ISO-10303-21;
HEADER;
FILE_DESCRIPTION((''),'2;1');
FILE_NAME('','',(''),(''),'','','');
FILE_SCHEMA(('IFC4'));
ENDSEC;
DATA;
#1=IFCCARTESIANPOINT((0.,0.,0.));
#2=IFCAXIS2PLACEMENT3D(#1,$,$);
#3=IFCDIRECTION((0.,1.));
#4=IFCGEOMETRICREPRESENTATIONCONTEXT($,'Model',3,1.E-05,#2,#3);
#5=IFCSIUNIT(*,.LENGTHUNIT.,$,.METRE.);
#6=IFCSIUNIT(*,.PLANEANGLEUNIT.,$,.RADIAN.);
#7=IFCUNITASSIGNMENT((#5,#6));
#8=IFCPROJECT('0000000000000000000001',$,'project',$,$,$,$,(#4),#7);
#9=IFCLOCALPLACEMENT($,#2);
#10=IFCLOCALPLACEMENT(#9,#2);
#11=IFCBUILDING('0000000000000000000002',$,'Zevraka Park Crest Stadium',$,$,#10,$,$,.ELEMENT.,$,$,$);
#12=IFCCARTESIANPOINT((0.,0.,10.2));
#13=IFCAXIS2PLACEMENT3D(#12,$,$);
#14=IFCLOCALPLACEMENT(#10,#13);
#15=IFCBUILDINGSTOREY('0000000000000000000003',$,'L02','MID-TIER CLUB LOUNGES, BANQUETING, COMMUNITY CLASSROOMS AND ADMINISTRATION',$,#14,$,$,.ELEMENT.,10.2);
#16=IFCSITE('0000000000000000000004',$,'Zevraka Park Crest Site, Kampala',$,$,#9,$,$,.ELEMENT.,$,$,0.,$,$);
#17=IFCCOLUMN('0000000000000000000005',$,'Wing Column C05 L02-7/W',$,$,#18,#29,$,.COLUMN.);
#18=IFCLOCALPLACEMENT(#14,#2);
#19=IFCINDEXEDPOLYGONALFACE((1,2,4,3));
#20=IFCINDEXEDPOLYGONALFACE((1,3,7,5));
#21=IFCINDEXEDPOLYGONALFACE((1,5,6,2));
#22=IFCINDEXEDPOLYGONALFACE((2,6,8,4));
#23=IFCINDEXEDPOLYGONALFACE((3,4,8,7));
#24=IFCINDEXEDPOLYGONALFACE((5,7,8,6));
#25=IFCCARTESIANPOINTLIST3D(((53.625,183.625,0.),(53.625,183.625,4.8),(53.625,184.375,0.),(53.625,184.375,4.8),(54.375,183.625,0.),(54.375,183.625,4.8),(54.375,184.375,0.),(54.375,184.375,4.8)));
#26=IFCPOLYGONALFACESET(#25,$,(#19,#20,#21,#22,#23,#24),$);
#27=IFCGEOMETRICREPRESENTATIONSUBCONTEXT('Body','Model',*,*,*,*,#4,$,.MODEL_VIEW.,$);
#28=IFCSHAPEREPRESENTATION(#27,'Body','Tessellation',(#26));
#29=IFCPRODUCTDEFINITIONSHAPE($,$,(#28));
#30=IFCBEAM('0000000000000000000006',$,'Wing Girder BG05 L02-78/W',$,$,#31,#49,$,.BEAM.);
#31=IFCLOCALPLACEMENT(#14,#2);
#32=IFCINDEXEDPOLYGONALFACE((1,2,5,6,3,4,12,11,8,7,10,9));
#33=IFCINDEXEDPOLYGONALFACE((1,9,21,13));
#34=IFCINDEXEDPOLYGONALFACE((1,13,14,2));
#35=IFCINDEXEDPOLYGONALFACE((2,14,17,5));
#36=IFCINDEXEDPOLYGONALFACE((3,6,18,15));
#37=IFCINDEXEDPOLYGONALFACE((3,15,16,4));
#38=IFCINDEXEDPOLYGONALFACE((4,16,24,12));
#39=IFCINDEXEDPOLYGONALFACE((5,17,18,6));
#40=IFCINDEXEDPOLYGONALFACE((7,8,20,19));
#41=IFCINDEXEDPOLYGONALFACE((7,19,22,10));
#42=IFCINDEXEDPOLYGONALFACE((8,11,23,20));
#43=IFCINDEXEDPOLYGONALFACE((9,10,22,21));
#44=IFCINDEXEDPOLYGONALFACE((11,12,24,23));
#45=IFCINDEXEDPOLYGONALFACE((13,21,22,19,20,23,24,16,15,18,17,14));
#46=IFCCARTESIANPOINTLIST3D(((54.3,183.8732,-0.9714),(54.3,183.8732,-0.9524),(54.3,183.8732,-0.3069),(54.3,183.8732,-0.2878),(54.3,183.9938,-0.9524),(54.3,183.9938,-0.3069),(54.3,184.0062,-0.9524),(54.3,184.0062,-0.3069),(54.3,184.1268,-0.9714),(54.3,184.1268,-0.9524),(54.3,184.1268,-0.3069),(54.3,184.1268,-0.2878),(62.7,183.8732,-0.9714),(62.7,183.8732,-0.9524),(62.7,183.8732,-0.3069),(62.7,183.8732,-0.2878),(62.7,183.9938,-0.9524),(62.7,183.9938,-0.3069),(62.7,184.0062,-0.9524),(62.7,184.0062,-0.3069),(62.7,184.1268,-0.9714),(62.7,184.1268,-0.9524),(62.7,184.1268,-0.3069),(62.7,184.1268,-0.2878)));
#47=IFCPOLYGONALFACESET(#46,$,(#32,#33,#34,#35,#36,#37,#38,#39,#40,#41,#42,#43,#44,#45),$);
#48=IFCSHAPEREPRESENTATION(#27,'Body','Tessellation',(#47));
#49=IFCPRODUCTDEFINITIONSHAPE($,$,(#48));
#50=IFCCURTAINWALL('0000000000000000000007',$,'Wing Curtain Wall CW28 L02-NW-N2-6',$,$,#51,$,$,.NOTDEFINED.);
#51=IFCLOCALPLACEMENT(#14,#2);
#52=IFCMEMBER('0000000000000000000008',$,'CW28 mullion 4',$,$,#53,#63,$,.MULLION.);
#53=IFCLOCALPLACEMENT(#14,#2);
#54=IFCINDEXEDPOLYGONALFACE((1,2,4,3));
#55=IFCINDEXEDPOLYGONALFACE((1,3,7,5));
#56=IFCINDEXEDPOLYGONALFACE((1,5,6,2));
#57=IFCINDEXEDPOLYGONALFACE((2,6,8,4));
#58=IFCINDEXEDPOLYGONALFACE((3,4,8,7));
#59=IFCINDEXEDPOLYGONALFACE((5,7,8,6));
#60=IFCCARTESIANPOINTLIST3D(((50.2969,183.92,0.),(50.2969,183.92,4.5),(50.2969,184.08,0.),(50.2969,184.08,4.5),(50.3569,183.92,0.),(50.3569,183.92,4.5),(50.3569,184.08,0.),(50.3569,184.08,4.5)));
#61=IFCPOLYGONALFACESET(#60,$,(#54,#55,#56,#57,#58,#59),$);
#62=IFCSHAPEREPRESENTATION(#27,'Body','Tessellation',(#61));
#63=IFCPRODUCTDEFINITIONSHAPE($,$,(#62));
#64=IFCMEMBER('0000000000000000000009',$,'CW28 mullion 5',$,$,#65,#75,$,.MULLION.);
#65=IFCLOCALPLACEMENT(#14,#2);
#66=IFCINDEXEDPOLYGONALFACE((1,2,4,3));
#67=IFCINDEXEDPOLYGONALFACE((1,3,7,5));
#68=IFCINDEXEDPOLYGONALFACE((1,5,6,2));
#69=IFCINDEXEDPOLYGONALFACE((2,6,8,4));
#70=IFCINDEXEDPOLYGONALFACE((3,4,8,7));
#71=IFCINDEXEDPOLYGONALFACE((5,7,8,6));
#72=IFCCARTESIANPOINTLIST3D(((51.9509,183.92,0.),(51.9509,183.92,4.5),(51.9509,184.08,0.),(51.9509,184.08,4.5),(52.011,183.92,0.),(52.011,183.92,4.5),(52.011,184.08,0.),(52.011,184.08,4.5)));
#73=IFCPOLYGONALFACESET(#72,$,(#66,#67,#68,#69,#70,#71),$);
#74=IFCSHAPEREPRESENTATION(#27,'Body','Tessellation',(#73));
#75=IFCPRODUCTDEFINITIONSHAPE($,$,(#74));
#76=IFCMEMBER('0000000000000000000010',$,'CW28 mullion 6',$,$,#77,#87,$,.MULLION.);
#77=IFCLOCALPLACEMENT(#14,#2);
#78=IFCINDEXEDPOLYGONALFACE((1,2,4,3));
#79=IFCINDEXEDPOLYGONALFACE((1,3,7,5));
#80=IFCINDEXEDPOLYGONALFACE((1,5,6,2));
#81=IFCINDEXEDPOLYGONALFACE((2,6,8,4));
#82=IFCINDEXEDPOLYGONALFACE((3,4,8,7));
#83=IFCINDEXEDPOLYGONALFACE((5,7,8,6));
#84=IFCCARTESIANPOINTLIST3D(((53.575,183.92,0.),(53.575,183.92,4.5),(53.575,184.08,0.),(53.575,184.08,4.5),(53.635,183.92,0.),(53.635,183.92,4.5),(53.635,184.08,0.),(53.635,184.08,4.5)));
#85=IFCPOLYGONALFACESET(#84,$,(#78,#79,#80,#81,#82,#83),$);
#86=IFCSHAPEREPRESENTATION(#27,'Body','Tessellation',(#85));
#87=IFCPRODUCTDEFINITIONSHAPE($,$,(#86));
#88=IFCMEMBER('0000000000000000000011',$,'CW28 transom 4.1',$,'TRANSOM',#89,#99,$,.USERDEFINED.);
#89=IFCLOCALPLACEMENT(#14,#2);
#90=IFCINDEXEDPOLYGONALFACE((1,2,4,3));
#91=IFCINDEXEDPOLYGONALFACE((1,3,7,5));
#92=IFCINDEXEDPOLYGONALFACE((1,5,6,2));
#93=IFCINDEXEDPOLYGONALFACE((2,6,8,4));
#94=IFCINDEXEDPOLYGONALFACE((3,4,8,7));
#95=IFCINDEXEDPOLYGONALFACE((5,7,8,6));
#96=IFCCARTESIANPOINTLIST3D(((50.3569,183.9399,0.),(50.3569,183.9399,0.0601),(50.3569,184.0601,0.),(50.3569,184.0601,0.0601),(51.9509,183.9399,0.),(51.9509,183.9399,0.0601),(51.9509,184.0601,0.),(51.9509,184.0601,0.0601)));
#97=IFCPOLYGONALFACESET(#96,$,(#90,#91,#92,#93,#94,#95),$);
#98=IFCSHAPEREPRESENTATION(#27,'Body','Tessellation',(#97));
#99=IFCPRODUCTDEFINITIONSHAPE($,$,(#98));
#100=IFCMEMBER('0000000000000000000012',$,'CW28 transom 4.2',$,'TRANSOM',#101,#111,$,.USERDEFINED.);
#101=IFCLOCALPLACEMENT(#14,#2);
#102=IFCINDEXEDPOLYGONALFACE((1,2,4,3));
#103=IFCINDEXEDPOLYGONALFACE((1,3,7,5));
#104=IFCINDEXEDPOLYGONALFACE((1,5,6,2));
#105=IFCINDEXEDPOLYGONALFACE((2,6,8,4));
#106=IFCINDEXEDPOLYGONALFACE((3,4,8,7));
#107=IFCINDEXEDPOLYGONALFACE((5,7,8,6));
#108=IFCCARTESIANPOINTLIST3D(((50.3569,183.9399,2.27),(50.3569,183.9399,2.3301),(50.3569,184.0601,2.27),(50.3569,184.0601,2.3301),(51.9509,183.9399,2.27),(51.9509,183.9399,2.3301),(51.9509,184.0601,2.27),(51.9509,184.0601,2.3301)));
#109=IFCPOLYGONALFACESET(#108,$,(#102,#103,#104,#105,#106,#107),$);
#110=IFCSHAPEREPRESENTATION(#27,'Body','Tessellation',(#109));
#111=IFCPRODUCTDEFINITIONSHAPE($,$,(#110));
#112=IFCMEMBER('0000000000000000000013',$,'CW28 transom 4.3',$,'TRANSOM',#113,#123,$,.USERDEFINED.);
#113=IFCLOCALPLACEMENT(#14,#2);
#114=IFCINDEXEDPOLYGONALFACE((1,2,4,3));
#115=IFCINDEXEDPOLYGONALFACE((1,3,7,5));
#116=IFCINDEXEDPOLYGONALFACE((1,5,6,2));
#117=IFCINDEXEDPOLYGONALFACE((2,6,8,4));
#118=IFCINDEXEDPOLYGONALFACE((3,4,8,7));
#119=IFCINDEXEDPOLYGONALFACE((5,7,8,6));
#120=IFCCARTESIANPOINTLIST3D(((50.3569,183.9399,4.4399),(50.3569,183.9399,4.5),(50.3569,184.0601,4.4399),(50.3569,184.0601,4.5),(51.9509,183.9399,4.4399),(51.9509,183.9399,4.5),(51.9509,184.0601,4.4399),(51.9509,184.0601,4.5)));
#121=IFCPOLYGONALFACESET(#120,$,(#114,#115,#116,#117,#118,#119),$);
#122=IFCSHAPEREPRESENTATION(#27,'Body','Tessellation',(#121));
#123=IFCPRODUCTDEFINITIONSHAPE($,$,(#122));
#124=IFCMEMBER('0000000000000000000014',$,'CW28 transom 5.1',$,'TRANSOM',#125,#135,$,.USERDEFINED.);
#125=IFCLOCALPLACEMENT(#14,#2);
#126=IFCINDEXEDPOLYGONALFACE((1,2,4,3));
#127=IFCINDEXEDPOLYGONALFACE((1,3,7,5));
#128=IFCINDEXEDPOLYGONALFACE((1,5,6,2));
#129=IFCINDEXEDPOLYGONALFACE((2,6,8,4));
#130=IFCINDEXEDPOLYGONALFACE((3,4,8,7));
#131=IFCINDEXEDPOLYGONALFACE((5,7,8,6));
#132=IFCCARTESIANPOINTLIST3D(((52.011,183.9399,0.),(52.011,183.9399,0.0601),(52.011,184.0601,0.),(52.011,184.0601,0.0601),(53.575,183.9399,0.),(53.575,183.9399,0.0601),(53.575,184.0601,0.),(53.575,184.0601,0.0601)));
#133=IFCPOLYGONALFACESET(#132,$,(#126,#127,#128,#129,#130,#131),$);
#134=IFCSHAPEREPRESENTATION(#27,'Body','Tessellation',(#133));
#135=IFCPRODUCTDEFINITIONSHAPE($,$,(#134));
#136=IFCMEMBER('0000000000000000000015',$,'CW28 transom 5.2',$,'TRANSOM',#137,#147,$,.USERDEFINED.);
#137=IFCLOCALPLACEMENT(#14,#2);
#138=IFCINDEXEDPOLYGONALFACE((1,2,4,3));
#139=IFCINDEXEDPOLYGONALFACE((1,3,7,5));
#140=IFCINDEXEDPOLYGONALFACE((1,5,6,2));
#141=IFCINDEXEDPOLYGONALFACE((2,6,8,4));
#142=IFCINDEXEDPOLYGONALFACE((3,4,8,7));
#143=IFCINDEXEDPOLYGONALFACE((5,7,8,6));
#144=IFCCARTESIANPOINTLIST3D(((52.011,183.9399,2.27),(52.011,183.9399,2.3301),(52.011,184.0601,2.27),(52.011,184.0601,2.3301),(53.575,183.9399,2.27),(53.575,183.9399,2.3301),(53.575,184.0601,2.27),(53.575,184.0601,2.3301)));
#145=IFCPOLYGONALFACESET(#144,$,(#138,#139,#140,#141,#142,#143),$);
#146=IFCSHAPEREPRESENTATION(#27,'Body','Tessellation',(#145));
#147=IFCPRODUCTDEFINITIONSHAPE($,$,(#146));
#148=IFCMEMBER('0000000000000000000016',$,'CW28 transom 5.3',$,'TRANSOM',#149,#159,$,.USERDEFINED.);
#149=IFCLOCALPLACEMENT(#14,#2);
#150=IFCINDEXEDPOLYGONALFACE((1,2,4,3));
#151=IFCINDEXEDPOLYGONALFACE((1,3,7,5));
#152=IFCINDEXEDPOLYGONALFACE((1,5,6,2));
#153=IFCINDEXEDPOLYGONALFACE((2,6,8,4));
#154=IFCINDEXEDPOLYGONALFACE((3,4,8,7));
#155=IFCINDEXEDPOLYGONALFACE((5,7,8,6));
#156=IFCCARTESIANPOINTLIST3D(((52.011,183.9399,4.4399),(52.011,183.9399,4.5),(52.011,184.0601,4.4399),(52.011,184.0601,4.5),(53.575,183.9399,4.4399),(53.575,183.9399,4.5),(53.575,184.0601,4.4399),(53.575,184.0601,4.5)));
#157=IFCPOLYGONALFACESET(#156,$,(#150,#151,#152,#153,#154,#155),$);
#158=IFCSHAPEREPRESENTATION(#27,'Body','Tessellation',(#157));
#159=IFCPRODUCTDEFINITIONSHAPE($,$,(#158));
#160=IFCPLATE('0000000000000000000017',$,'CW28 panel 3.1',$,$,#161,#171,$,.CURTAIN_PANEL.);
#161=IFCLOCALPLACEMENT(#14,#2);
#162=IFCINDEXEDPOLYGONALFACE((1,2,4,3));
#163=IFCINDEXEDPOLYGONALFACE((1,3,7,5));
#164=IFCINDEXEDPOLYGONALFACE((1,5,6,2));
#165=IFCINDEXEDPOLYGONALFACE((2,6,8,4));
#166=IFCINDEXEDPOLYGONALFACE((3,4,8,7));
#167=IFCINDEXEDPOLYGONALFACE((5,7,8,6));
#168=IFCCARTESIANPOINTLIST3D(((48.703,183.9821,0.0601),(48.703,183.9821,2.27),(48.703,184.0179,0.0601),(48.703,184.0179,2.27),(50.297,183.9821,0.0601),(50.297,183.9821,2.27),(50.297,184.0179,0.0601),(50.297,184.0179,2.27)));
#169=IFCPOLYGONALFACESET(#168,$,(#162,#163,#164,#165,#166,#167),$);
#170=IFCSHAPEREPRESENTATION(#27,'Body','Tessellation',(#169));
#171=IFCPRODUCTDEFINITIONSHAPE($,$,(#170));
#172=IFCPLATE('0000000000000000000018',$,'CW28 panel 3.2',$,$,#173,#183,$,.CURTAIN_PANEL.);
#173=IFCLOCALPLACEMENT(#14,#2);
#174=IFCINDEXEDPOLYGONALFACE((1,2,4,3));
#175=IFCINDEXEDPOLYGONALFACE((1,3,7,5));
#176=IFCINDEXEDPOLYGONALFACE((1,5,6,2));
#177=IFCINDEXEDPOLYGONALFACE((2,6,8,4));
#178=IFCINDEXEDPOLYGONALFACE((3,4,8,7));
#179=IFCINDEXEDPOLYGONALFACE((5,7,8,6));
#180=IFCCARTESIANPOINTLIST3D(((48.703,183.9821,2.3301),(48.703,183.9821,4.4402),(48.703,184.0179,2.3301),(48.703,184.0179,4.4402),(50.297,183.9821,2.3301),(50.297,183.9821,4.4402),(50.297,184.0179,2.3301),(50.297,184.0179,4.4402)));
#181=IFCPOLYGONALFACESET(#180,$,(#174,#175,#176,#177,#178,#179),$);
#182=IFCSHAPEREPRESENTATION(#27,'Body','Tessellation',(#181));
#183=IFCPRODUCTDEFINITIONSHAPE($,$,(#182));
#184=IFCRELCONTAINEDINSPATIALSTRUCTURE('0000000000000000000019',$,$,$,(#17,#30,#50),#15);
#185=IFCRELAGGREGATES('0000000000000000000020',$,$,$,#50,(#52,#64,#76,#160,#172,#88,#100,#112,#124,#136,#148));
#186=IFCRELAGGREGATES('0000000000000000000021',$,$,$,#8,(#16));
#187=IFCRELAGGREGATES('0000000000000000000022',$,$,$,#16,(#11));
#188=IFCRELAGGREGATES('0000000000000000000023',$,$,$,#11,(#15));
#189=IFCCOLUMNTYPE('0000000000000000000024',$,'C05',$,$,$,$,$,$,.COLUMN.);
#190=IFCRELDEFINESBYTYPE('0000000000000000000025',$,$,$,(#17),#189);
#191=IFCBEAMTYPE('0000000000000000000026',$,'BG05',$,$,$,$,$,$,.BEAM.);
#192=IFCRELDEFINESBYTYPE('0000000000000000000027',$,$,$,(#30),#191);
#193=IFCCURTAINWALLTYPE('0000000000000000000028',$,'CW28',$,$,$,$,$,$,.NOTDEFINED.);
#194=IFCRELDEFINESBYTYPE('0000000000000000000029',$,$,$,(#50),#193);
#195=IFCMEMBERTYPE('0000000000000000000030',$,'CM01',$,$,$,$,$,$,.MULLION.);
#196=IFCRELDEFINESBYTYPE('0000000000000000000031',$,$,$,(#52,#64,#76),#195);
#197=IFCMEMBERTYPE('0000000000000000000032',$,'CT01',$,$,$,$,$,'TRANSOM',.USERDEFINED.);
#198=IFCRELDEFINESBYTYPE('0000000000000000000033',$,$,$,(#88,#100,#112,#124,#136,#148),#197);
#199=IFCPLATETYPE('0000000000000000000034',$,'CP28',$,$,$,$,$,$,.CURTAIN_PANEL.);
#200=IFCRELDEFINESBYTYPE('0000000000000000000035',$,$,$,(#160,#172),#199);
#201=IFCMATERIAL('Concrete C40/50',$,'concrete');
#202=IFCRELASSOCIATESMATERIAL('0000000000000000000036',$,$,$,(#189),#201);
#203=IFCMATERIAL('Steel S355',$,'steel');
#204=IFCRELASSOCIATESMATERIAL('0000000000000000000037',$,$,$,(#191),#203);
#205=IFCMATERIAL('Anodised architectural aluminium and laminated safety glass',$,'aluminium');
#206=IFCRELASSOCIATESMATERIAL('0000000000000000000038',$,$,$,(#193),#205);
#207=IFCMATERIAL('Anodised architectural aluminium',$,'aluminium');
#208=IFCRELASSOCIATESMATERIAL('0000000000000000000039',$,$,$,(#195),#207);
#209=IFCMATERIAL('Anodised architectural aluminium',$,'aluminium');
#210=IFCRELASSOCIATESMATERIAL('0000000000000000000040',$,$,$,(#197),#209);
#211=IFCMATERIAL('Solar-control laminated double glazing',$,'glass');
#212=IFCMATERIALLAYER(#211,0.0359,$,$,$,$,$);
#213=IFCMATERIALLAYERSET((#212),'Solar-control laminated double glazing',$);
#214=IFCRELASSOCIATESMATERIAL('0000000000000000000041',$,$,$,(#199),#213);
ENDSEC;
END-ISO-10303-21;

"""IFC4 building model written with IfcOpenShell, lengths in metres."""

from ifc_helpers import new_model, si_unit, direction, frame, origin, origin_2d, place, context, subcontext, project, spatial, rectangle, i_section, extrude, material, layer, layer_set, material_profile, profile_set, type_object, element, aggregate, save


model = new_model("IFC4")

# Units and contexts
model_context = context("Model", 3, precision=1e-05, world=origin(), true_north=direction((0.0, 1.0)))
body_context = subcontext(model_context, "Body", "Model", "MODEL_VIEW")
ifc_project = project(units=[si_unit("LENGTHUNIT", "METRE"), si_unit("PLANEANGLEUNIT", "RADIAN")], contexts=[model_context])

# Site, building, storey
site_placement = place(None, origin())
site = spatial("IfcSite", under=ifc_project, at=site_placement, Name="Zevraka Park Crest Site, Kampala", CompositionType="ELEMENT", RefElevation=0.0)
building_placement = place(site_placement, origin())
building = spatial("IfcBuilding", under=site, at=building_placement, Name="Zevraka Park Crest Stadium", CompositionType="ELEMENT")
storey_placement = place(building_placement, frame((0.0, 0.0, 10.2)))
storey = spatial("IfcBuildingStorey", under=building, at=storey_placement, Name="L02", Description="MID-TIER CLUB LOUNGES, BANQUETING, COMMUNITY CLASSROOMS AND ADMINISTRATION", CompositionType="ELEMENT", Elevation=10.2)

# Column
ifc_material_1 = material(Name="Concrete C40/50", Category="concrete")
ifc_material_profile_1 = material_profile(ifc_material_1, rectangle(XDim=0.75, YDim=0.75, at=origin_2d()), Name="RC 750x750")
ifc_profile_set_1 = profile_set([ifc_material_profile_1], Name="Concrete C40/50")
column_type = type_object("IfcColumnType", Name="C05", PredefinedType="COLUMN", material=ifc_profile_set_1)
column_placement = place(storey_placement, frame((54.0, 184.0, 0.0), z_axis=(0.0, 0.0, 1.0), x_axis=(1.0, 0.0, 0.0)))
element("IfcColumn", 1, at=column_placement, inside=storey, type_object=column_type, Name="Wing Column C05 L02-7/W", PredefinedType="COLUMN", context=body_context, shape_type="SweptSolid", body=[
    extrude(rectangle(XDim=0.75, YDim=0.75, at=origin_2d()), origin(), (0.0, 0.0, 1.0), 4.8),
])

# Beam
ifc_material_2 = material(Name="Steel S355", Category="steel")
ifc_material_profile_2 = material_profile(ifc_material_2, i_section(OverallWidth=0.2537, OverallDepth=0.6836, WebThickness=0.0125, FlangeThickness=0.019, at=origin_2d()), Name="UKB 686x254x140")
ifc_profile_set_2 = profile_set([ifc_material_profile_2], Name="Steel S355")
beam_type = type_object("IfcBeamType", Name="BG05", PredefinedType="BEAM", material=ifc_profile_set_2)
beam_placement = place(storey_placement, frame((54.3, 184.0, -0.6296), z_axis=(1.0, 0.0, 0.0), x_axis=(0.0, 1.0, 0.0)))
element("IfcBeam", 2, at=beam_placement, inside=storey, type_object=beam_type, Name="Wing Girder BG05 L02-78/W", PredefinedType="BEAM", context=body_context, shape_type="SweptSolid", body=[
    extrude(i_section(OverallWidth=0.2537, OverallDepth=0.6836, WebThickness=0.0125, FlangeThickness=0.019, at=origin_2d()), origin(), (0.0, 0.0, 1.0), 8.3999),
])

# Curtain wall, members, plates
ifc_material_3 = material(Name="Anodised architectural aluminium and laminated safety glass", Category="aluminium")
curtain_wall_type = type_object("IfcCurtainWallType", Name="CW28", PredefinedType="NOTDEFINED", material=ifc_material_3)
curtain_wall_placement = place(storey_placement, origin())
curtain_wall = element("IfcCurtainWall", 3, at=curtain_wall_placement, inside=storey, type_object=curtain_wall_type, Name="Wing Curtain Wall CW28 L02-NW-N2-6", PredefinedType="NOTDEFINED")
ifc_material_4 = material(Name="Anodised architectural aluminium", Category="aluminium")
ifc_material_profile_3 = material_profile(ifc_material_4, rectangle(XDim=0.1599, YDim=0.0601, at=origin_2d()), Name="ALU MULLION 160x60")
ifc_profile_set_3 = profile_set([ifc_material_profile_3], Name="Anodised architectural aluminium")
member_type_1 = type_object("IfcMemberType", Name="CM01", PredefinedType="MULLION", material=ifc_profile_set_3)
member_1_placement = place(storey_placement, frame((50.3269, 184.0, 0.0), z_axis=(0.0, 0.0, 1.0), x_axis=(0.0, 1.0, 0.0)))
member_1 = element("IfcMember", 4, at=member_1_placement, type_object=member_type_1, Name="CW28 mullion 4", PredefinedType="MULLION", context=body_context, shape_type="SweptSolid", body=[
    extrude(rectangle(XDim=0.1599, YDim=0.0601, at=origin_2d()), origin(), (0.0, 0.0, 1.0), 4.5),
])
member_2_placement = place(storey_placement, frame((51.981, 184.0, 0.0), z_axis=(0.0, 0.0, 1.0), x_axis=(0.0, 1.0, 0.0)))
member_2 = element("IfcMember", 5, at=member_2_placement, type_object=member_type_1, Name="CW28 mullion 5", PredefinedType="MULLION", context=body_context, shape_type="SweptSolid", body=[
    extrude(rectangle(XDim=0.1599, YDim=0.0601, at=origin_2d()), origin(), (0.0, 0.0, 1.0), 4.5),
])
member_3_placement = place(storey_placement, frame((53.605, 184.0, 0.0), z_axis=(0.0, 0.0, 1.0), x_axis=(0.0, 1.0, 0.0)))
member_3 = element("IfcMember", 6, at=member_3_placement, type_object=member_type_1, Name="CW28 mullion 6", PredefinedType="MULLION", context=body_context, shape_type="SweptSolid", body=[
    extrude(rectangle(XDim=0.1599, YDim=0.0601, at=origin_2d()), origin(), (0.0, 0.0, 1.0), 4.5),
])
ifc_material_5 = material(Name="Anodised architectural aluminium", Category="aluminium")
ifc_material_profile_4 = material_profile(ifc_material_5, rectangle(XDim=0.1201, YDim=0.0601, at=origin_2d()), Name="ALU TRANSOM 120x60")
ifc_profile_set_4 = profile_set([ifc_material_profile_4], Name="Anodised architectural aluminium")
member_type_2 = type_object("IfcMemberType", Name="CT01", ElementType="TRANSOM", PredefinedType="USERDEFINED", material=ifc_profile_set_4)
member_4_placement = place(storey_placement, frame((50.3569, 184.0, 0.03), z_axis=(1.0, 0.0, 0.0), x_axis=(0.0, 1.0, 0.0)))
member_4 = element("IfcMember", 7, at=member_4_placement, type_object=member_type_2, Name="CW28 transom 4.1", ObjectType="TRANSOM", PredefinedType="USERDEFINED", context=body_context, shape_type="SweptSolid", body=[
    extrude(rectangle(XDim=0.1201, YDim=0.0601, at=origin_2d()), origin(), (0.0, 0.0, 1.0), 1.594),
])
member_5_placement = place(storey_placement, frame((50.3569, 184.0, 2.3), z_axis=(1.0, 0.0, 0.0), x_axis=(0.0, 1.0, 0.0)))
member_5 = element("IfcMember", 8, at=member_5_placement, type_object=member_type_2, Name="CW28 transom 4.2", ObjectType="TRANSOM", PredefinedType="USERDEFINED", context=body_context, shape_type="SweptSolid", body=[
    extrude(rectangle(XDim=0.1201, YDim=0.0601, at=origin_2d()), origin(), (0.0, 0.0, 1.0), 1.594),
])
member_6_placement = place(storey_placement, frame((50.3569, 184.0, 4.47), z_axis=(1.0, 0.0, 0.0), x_axis=(0.0, 1.0, 0.0)))
member_6 = element("IfcMember", 9, at=member_6_placement, type_object=member_type_2, Name="CW28 transom 4.3", ObjectType="TRANSOM", PredefinedType="USERDEFINED", context=body_context, shape_type="SweptSolid", body=[
    extrude(rectangle(XDim=0.1201, YDim=0.0601, at=origin_2d()), origin(), (0.0, 0.0, 1.0), 1.594),
])
member_7_placement = place(storey_placement, frame((52.011, 184.0, 0.03), z_axis=(1.0, 0.0, 0.0), x_axis=(0.0, 1.0, 0.0)))
member_7 = element("IfcMember", 10, at=member_7_placement, type_object=member_type_2, Name="CW28 transom 5.1", ObjectType="TRANSOM", PredefinedType="USERDEFINED", context=body_context, shape_type="SweptSolid", body=[
    extrude(rectangle(XDim=0.1201, YDim=0.0601, at=origin_2d()), origin(), (0.0, 0.0, 1.0), 1.564),
])
member_8_placement = place(storey_placement, frame((52.011, 184.0, 2.3), z_axis=(1.0, 0.0, 0.0), x_axis=(0.0, 1.0, 0.0)))
member_8 = element("IfcMember", 11, at=member_8_placement, type_object=member_type_2, Name="CW28 transom 5.2", ObjectType="TRANSOM", PredefinedType="USERDEFINED", context=body_context, shape_type="SweptSolid", body=[
    extrude(rectangle(XDim=0.1201, YDim=0.0601, at=origin_2d()), origin(), (0.0, 0.0, 1.0), 1.564),
])
member_9_placement = place(storey_placement, frame((52.011, 184.0, 4.47), z_axis=(1.0, 0.0, 0.0), x_axis=(0.0, 1.0, 0.0)))
member_9 = element("IfcMember", 12, at=member_9_placement, type_object=member_type_2, Name="CW28 transom 5.3", ObjectType="TRANSOM", PredefinedType="USERDEFINED", context=body_context, shape_type="SweptSolid", body=[
    extrude(rectangle(XDim=0.1201, YDim=0.0601, at=origin_2d()), origin(), (0.0, 0.0, 1.0), 1.564),
])
ifc_material_6 = material(Name="Solar-control laminated double glazing", Category="glass")
ifc_layer_1 = layer(ifc_material_6, 0.0359)
ifc_layer_set_1 = layer_set([ifc_layer_1], Name="Solar-control laminated double glazing")
plate_type = type_object("IfcPlateType", Name="CP28", PredefinedType="CURTAIN_PANEL", material=ifc_layer_set_1)
plate_1_placement = place(storey_placement, frame((49.5, 184.0, 0.0601), z_axis=(0.0, 0.0, 1.0), x_axis=(1.0, 0.0, 0.0)))
plate_1 = element("IfcPlate", 13, at=plate_1_placement, type_object=plate_type, Name="CW28 panel 3.1", PredefinedType="CURTAIN_PANEL", context=body_context, shape_type="SweptSolid", body=[
    extrude(rectangle(XDim=1.594, YDim=0.0359, at=origin_2d()), origin(), (0.0, 0.0, 1.0), 2.21),
])
plate_2_placement = place(storey_placement, frame((49.5, 184.0, 2.3301), z_axis=(0.0, 0.0, 1.0), x_axis=(1.0, 0.0, 0.0)))
plate_2 = element("IfcPlate", 14, at=plate_2_placement, type_object=plate_type, Name="CW28 panel 3.2", PredefinedType="CURTAIN_PANEL", context=body_context, shape_type="SweptSolid", body=[
    extrude(rectangle(XDim=1.594, YDim=0.0359, at=origin_2d()), origin(), (0.0, 0.0, 1.0), 2.1101),
])
aggregate(curtain_wall, [member_1, member_2, member_3, plate_1, plate_2, member_4, member_5, member_6, member_7, member_8, member_9])

save(model, "model.ifc")
